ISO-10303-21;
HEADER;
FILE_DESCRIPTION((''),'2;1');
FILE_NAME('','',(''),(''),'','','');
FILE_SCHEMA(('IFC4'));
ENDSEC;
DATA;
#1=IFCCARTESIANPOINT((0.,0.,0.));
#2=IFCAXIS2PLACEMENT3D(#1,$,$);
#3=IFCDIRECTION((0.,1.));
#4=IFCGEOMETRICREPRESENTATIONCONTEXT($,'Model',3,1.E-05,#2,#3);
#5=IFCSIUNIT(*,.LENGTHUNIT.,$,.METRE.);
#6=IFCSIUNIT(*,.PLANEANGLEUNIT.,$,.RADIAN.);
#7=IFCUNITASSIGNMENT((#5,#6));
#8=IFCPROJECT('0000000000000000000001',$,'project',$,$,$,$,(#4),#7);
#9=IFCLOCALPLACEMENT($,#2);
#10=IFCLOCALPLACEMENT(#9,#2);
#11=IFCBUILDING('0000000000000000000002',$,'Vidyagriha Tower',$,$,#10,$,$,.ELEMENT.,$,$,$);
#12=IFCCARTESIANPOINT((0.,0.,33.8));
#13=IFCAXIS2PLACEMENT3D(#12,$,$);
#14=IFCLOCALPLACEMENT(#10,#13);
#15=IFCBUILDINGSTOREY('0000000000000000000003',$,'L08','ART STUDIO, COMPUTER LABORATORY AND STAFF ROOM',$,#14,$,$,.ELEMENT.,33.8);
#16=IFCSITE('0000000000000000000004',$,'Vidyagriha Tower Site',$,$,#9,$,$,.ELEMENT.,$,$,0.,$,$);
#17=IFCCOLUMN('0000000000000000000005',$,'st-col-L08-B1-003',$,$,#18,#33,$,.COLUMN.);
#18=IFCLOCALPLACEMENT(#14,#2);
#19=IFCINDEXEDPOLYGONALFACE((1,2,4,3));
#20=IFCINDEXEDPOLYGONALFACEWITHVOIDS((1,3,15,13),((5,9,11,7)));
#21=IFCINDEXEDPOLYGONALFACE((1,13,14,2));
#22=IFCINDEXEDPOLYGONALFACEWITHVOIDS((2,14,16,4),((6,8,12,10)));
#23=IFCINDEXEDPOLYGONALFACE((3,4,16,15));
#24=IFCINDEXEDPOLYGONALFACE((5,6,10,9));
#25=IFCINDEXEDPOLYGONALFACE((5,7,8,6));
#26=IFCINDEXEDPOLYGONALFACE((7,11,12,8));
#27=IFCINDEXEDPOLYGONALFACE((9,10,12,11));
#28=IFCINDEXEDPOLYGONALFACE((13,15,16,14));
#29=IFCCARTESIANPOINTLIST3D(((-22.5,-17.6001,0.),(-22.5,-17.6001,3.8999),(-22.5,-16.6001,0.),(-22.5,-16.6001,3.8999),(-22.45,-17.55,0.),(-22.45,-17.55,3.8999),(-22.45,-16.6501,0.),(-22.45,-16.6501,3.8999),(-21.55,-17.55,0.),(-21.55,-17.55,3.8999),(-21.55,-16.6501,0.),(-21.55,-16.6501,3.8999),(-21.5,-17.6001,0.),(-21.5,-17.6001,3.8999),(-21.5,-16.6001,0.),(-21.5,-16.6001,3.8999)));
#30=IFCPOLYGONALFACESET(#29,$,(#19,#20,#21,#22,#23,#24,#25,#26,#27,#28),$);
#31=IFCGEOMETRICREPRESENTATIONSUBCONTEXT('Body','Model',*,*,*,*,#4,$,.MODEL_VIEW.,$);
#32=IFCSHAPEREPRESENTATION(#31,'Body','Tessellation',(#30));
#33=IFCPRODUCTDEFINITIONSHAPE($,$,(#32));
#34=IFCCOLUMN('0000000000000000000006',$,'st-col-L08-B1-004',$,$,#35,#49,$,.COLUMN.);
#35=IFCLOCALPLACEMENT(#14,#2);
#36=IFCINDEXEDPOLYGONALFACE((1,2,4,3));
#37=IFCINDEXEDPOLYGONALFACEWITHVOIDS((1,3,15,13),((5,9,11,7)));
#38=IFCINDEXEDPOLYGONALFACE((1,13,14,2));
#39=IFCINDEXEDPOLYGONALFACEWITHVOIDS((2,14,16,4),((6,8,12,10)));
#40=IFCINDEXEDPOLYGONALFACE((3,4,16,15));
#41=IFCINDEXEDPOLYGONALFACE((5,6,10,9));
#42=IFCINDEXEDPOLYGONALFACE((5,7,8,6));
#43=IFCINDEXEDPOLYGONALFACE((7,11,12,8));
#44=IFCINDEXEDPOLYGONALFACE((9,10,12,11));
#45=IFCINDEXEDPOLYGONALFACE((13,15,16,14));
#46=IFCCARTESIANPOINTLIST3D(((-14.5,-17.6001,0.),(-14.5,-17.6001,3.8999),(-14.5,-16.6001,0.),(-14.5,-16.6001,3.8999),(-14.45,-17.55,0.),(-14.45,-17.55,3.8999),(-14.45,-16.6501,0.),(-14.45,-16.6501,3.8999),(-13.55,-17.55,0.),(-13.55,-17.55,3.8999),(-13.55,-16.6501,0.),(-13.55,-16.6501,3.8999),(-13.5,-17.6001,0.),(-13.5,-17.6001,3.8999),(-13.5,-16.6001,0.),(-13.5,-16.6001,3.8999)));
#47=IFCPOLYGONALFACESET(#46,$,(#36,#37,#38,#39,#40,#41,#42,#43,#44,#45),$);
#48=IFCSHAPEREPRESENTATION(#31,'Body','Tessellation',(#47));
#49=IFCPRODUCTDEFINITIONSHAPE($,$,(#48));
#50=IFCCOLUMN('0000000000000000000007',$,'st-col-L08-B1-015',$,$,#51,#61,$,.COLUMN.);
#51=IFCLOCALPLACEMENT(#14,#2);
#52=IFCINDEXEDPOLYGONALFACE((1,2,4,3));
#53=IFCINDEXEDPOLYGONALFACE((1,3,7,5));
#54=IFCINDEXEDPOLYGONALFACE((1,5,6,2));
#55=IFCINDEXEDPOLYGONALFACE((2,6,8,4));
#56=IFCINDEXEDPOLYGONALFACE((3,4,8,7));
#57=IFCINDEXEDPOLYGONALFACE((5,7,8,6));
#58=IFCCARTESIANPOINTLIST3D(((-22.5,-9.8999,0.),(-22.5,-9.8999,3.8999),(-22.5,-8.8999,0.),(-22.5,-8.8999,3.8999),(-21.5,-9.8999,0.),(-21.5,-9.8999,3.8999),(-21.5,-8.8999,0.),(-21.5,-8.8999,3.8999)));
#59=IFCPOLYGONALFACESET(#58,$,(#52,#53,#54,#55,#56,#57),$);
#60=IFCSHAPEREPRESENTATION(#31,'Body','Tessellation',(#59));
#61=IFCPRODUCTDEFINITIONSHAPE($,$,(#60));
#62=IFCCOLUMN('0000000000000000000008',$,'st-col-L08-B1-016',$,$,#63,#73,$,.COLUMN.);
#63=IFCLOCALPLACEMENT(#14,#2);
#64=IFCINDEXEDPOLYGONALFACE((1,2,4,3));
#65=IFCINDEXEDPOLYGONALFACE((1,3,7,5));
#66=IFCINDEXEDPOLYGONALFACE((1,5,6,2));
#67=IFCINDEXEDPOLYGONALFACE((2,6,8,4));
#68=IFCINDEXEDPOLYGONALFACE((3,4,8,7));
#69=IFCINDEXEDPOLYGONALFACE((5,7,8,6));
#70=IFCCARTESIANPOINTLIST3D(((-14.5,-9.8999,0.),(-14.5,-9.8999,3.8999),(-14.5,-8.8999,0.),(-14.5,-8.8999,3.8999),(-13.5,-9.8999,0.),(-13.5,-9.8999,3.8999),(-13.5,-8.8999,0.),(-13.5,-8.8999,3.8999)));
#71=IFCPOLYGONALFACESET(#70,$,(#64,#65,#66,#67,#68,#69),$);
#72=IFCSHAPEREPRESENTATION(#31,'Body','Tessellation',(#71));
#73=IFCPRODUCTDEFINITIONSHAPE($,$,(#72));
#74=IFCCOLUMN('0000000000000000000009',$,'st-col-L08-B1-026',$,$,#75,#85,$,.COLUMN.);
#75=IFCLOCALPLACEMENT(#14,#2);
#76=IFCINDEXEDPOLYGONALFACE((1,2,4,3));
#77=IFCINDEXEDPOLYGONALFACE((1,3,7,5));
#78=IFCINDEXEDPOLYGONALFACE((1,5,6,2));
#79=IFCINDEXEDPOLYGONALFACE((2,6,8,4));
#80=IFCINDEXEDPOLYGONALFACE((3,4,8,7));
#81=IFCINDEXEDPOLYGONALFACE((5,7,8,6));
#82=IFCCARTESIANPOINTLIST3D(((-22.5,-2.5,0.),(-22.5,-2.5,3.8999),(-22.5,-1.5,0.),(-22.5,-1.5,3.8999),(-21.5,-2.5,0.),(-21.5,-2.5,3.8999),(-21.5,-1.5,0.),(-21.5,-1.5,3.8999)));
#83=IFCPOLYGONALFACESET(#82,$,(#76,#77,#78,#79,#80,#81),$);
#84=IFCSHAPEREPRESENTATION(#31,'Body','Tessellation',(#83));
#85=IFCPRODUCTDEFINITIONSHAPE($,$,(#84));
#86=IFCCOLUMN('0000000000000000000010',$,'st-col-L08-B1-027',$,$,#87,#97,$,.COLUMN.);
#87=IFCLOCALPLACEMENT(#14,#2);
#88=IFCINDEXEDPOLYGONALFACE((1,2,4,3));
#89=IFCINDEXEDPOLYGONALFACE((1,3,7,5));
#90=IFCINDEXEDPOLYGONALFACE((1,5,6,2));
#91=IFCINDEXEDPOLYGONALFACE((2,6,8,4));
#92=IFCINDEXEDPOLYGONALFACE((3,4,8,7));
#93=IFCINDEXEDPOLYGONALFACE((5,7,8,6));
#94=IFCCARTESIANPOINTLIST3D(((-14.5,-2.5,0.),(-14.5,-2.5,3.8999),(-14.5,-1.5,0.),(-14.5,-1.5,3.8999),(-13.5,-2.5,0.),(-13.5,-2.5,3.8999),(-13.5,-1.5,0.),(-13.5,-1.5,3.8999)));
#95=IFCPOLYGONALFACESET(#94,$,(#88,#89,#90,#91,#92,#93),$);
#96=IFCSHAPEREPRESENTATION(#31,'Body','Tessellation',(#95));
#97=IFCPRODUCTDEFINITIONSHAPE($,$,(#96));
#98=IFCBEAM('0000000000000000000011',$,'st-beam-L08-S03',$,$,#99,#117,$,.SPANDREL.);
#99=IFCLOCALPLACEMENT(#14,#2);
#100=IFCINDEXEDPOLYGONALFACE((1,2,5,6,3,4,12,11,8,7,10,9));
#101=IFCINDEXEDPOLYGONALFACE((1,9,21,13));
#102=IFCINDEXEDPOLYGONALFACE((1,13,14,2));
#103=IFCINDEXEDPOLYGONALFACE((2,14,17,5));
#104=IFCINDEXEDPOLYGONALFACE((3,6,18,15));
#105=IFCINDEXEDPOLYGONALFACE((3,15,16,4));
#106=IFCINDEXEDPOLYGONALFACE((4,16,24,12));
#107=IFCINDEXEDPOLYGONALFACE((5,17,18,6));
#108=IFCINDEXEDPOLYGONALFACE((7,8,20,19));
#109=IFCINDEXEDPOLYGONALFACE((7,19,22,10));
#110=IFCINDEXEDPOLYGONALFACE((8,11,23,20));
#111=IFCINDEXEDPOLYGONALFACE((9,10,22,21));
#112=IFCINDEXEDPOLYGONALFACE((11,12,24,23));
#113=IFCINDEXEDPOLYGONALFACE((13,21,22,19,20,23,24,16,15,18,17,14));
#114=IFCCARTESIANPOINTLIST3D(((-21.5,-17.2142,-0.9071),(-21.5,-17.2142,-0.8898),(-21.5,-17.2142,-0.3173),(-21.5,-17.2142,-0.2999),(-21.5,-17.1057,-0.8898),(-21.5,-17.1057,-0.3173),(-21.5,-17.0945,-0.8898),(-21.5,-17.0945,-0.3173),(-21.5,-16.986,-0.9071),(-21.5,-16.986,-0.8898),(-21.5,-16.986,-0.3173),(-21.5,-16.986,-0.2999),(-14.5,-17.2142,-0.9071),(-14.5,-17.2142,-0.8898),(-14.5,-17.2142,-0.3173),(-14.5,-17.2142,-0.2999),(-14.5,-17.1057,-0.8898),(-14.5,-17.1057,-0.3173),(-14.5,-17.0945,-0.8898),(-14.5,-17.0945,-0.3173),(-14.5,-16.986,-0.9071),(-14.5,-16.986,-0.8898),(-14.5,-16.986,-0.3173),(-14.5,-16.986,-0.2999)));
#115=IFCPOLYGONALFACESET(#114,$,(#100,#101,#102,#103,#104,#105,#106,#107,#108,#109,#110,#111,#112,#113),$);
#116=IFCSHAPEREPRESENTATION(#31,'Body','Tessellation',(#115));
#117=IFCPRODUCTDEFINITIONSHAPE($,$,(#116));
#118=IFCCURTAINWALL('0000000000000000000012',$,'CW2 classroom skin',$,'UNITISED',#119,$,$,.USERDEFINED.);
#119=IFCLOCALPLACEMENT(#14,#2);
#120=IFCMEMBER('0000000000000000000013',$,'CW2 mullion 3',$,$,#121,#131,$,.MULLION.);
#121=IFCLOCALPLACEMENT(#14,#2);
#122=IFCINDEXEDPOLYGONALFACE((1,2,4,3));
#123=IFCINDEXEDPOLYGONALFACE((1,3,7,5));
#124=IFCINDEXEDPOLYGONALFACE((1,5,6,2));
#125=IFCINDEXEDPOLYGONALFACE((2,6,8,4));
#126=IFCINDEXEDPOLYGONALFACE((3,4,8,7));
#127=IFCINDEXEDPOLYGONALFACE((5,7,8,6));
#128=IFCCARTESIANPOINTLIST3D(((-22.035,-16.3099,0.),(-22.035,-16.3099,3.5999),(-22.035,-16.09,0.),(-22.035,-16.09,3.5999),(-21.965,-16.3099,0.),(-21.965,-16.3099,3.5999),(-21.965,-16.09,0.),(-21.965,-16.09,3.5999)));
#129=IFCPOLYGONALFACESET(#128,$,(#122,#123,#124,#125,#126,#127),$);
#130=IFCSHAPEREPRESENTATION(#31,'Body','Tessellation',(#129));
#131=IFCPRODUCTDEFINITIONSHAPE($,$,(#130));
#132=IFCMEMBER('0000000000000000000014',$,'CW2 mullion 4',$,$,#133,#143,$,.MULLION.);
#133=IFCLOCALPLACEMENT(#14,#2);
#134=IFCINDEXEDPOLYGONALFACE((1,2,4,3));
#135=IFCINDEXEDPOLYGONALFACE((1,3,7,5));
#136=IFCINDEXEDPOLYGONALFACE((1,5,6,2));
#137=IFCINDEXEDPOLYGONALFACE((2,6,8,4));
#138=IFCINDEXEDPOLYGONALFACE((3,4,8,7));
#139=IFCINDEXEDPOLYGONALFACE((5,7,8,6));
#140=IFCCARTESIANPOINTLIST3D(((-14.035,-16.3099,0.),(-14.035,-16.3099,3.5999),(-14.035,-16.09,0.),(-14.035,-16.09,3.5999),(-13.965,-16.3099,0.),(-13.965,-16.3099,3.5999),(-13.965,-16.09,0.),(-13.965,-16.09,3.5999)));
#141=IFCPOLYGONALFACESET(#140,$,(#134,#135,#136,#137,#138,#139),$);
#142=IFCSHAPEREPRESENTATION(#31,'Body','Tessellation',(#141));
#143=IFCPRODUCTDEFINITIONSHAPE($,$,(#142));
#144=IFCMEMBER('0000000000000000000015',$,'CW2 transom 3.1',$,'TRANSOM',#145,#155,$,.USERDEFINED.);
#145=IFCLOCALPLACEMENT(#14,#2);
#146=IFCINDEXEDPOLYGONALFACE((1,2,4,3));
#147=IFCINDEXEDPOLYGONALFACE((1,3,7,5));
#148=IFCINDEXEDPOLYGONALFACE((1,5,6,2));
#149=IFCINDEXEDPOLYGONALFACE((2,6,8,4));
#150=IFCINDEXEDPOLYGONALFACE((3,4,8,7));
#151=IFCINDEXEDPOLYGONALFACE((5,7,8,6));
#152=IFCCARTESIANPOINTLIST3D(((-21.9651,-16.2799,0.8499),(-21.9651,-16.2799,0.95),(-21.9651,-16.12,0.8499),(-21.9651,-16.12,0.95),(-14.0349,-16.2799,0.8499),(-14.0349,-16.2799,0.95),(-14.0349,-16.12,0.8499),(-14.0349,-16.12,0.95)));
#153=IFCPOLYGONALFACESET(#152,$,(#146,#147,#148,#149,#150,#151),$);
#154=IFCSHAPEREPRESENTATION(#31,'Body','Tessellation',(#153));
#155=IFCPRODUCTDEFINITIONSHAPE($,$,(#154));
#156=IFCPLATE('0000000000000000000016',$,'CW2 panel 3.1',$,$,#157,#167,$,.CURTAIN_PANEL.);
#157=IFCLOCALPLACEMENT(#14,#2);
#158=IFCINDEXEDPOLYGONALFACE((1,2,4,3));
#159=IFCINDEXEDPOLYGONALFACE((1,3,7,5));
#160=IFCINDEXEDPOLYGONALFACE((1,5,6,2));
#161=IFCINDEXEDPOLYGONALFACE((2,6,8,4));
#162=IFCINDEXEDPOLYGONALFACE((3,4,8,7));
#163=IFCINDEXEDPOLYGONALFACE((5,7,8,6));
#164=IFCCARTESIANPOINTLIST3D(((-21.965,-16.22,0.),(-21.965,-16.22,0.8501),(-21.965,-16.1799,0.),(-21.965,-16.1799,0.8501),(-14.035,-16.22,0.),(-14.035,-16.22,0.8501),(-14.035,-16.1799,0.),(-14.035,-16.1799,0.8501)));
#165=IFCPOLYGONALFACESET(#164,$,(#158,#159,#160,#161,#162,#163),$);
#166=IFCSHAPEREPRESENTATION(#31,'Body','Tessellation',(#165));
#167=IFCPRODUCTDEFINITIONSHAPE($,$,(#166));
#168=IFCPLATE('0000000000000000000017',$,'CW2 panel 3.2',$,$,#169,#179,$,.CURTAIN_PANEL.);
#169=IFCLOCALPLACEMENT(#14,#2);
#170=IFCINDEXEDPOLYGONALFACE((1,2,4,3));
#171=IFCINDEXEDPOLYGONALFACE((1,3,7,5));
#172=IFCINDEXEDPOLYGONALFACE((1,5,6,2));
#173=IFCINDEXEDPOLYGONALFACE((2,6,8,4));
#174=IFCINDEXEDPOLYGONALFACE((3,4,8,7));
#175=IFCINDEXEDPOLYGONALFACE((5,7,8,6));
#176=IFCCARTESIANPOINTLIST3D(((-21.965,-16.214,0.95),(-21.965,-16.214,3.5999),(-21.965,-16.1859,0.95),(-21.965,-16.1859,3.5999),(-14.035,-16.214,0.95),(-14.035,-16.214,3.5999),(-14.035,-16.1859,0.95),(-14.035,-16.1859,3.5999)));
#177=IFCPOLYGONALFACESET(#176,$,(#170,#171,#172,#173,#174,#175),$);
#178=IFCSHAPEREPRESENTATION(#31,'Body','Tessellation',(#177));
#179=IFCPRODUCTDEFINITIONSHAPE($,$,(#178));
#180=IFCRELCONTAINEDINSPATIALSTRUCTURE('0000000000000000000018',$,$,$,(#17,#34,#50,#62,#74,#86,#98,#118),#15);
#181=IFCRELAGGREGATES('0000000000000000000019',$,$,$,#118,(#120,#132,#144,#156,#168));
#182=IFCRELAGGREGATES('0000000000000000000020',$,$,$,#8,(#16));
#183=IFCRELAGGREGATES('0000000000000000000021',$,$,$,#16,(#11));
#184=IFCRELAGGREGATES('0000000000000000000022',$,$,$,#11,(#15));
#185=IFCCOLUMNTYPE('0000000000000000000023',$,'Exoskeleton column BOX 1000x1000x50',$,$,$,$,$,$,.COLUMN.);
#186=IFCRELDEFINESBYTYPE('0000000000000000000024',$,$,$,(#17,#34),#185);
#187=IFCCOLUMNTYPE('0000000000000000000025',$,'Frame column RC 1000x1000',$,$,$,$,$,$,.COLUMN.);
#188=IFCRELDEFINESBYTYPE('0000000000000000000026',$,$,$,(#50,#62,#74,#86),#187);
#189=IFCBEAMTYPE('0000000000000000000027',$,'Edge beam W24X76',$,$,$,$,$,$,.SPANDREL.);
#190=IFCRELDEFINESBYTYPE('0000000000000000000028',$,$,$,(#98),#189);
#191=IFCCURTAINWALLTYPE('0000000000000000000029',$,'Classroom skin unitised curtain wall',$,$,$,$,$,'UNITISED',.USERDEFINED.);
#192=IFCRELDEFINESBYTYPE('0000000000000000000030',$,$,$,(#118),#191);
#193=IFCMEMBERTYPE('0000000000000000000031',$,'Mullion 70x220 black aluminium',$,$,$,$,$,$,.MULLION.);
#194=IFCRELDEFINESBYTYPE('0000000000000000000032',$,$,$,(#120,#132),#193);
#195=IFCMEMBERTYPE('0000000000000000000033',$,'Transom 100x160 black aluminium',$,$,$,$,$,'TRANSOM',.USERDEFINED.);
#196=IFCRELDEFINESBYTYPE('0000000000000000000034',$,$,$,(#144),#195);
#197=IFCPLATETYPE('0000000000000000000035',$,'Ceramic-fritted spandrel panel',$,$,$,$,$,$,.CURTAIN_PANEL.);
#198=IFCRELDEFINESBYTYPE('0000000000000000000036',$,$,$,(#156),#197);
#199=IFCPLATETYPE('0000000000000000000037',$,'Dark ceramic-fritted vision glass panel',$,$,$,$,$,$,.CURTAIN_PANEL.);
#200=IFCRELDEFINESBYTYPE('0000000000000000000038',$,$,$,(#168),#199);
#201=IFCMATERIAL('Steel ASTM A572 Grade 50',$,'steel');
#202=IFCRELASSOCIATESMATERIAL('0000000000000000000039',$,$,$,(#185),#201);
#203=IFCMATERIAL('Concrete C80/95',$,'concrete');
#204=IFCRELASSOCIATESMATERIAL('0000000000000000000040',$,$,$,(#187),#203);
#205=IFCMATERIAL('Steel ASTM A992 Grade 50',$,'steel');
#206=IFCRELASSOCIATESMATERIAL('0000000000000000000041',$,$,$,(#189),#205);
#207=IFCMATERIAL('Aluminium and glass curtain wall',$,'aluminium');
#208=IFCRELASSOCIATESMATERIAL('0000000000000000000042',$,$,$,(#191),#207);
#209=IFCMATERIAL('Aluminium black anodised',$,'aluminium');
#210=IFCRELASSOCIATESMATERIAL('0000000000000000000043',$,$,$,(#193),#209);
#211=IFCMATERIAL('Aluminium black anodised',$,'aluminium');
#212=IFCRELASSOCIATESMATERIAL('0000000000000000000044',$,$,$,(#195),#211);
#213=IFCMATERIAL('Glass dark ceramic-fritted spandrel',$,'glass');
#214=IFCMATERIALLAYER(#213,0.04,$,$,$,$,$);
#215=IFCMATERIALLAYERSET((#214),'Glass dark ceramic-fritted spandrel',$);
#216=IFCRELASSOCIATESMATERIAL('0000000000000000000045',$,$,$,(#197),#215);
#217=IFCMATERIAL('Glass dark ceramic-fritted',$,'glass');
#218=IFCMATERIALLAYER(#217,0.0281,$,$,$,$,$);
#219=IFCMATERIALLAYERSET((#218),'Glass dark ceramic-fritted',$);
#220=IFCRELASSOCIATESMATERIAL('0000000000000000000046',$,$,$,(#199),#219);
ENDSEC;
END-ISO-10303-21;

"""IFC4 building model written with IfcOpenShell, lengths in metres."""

from ifc_helpers import new_model, si_unit, direction, frame, origin, origin_2d, place, context, subcontext, project, spatial, rectangle, hollow_rectangle, i_section, extrude, material, layer, layer_set, material_profile, profile_set, type_object, element, aggregate, save


model = new_model("IFC4")

# Units and contexts
model_context = context("Model", 3, precision=1e-05, world=origin(), true_north=direction((0.0, 1.0)))
body_context = subcontext(model_context, "Body", "Model", "MODEL_VIEW")
ifc_project = project(units=[si_unit("LENGTHUNIT", "METRE"), si_unit("PLANEANGLEUNIT", "RADIAN")], contexts=[model_context])

# Site, building, storey
site_placement = place(None, origin())
site = spatial("IfcSite", under=ifc_project, at=site_placement, Name="Vidyagriha Tower Site", CompositionType="ELEMENT", RefElevation=0.0)
building_placement = place(site_placement, origin())
building = spatial("IfcBuilding", under=site, at=building_placement, Name="Vidyagriha Tower", CompositionType="ELEMENT")
storey_placement = place(building_placement, frame((0.0, 0.0, 33.8)))
storey = spatial("IfcBuildingStorey", under=building, at=storey_placement, Name="L08", Description="ART STUDIO, COMPUTER LABORATORY AND STAFF ROOM", CompositionType="ELEMENT", Elevation=33.8)

# Columns
ifc_material_1 = material(Name="Steel ASTM A572 Grade 50", Category="steel")
ifc_material_profile_1 = material_profile(ifc_material_1, hollow_rectangle(XDim=1.0, YDim=1.0, WallThickness=0.05, at=origin_2d()), Name="BOX 1000x1000x50")
ifc_profile_set_1 = profile_set([ifc_material_profile_1], Name="Steel ASTM A572 Grade 50")
column_type_1 = type_object("IfcColumnType", Name="Exoskeleton column BOX 1000x1000x50", PredefinedType="COLUMN", material=ifc_profile_set_1)
for number, where, name in (
    (1, (-22.0, -17.1001, 0.0), "st-col-L08-B1-003"),
    (2, (-14.0, -17.1001, 0.0), "st-col-L08-B1-004"),
):
    element("IfcColumn", number, at=place(storey_placement, frame(where)), inside=storey, type_object=column_type_1, Name=name, PredefinedType="COLUMN", context=body_context, shape_type="SweptSolid", body=[
        extrude(hollow_rectangle(XDim=1.0, YDim=1.0, WallThickness=0.05, at=origin_2d()), origin(), (0.0, 0.0, 1.0), 3.8999),
    ])
ifc_material_2 = material(Name="Concrete C80/95", Category="concrete")
ifc_material_profile_2 = material_profile(ifc_material_2, rectangle(XDim=1.0, YDim=1.0, at=origin_2d()), Name="RC 1000x1000")
ifc_profile_set_2 = profile_set([ifc_material_profile_2], Name="Concrete C80/95")
column_type_2 = type_object("IfcColumnType", Name="Frame column RC 1000x1000", PredefinedType="COLUMN", material=ifc_profile_set_2)
for number, where, name in (
    (3, (-22.0, -9.3999, 0.0), "st-col-L08-B1-015"),
    (4, (-14.0, -9.3999, 0.0), "st-col-L08-B1-016"),
    (5, (-22.0, -2.0, 0.0), "st-col-L08-B1-026"),
    (6, (-14.0, -2.0, 0.0), "st-col-L08-B1-027"),
):
    element("IfcColumn", number, at=place(storey_placement, frame(where)), inside=storey, type_object=column_type_2, Name=name, PredefinedType="COLUMN", context=body_context, shape_type="SweptSolid", body=[
        extrude(rectangle(XDim=1.0, YDim=1.0, at=origin_2d()), origin(), (0.0, 0.0, 1.0), 3.8999),
    ])

# Beam
ifc_material_3 = material(Name="Steel ASTM A992 Grade 50", Category="steel")
ifc_material_profile_3 = material_profile(ifc_material_3, i_section(OverallWidth=0.2283, OverallDepth=0.6072, WebThickness=0.0112, FlangeThickness=0.0173, at=origin_2d()), Name="W24X76")
ifc_profile_set_3 = profile_set([ifc_material_profile_3], Name="Steel ASTM A992 Grade 50")
beam_type = type_object("IfcBeamType", Name="Edge beam W24X76", PredefinedType="SPANDREL", material=ifc_profile_set_3)
beam_placement = place(storey_placement, frame((-21.5, -17.1001, -0.6035), z_axis=(1.0, 0.0, 0.0), x_axis=(0.0, 1.0, 0.0)))
element("IfcBeam", 7, at=beam_placement, inside=storey, type_object=beam_type, Name="st-beam-L08-S03", PredefinedType="SPANDREL", context=body_context, shape_type="SweptSolid", body=[
    extrude(i_section(OverallWidth=0.2283, OverallDepth=0.6072, WebThickness=0.0112, FlangeThickness=0.0173, at=origin_2d()), origin(), (0.0, 0.0, 1.0), 7.0),
])

# Curtain wall, members, plates
ifc_material_4 = material(Name="Aluminium and glass curtain wall", Category="aluminium")
curtain_wall_type = type_object("IfcCurtainWallType", Name="Classroom skin unitised curtain wall", ElementType="UNITISED", PredefinedType="USERDEFINED", material=ifc_material_4)
curtain_wall_placement = place(storey_placement, origin())
curtain_wall = element("IfcCurtainWall", 8, at=curtain_wall_placement, inside=storey, type_object=curtain_wall_type, Name="CW2 classroom skin", ObjectType="UNITISED", PredefinedType="USERDEFINED")
ifc_material_5 = material(Name="Aluminium black anodised", Category="aluminium")
ifc_material_profile_4 = material_profile(ifc_material_5, rectangle(XDim=0.22, YDim=0.0701, at=origin_2d()), Name="Mullion 70x220 black aluminium")
ifc_profile_set_4 = profile_set([ifc_material_profile_4], Name="Aluminium black anodised")
member_type_1 = type_object("IfcMemberType", Name="Mullion 70x220 black aluminium", PredefinedType="MULLION", material=ifc_profile_set_4)
member_1_placement = place(storey_placement, frame((-22.0, -16.2, 0.0), z_axis=(0.0, 0.0, 1.0), x_axis=(0.0, 1.0, 0.0)))
member_1 = element("IfcMember", 9, at=member_1_placement, type_object=member_type_1, Name="CW2 mullion 3", PredefinedType="MULLION", context=body_context, shape_type="SweptSolid", body=[
    extrude(rectangle(XDim=0.22, YDim=0.0701, at=origin_2d()), origin(), (0.0, 0.0, 1.0), 3.5999),
])
member_2_placement = place(storey_placement, frame((-14.0, -16.2, 0.0), z_axis=(0.0, 0.0, 1.0), x_axis=(0.0, 1.0, 0.0)))
member_2 = element("IfcMember", 10, at=member_2_placement, type_object=member_type_1, Name="CW2 mullion 4", PredefinedType="MULLION", context=body_context, shape_type="SweptSolid", body=[
    extrude(rectangle(XDim=0.22, YDim=0.0701, at=origin_2d()), origin(), (0.0, 0.0, 1.0), 3.5999),
])
ifc_material_6 = material(Name="Aluminium black anodised", Category="aluminium")
ifc_material_profile_5 = material_profile(ifc_material_6, rectangle(XDim=0.1599, YDim=0.1001, at=origin_2d()), Name="Transom 100x160 black aluminium")
ifc_profile_set_5 = profile_set([ifc_material_profile_5], Name="Aluminium black anodised")
member_type_2 = type_object("IfcMemberType", Name="Transom 100x160 black aluminium", ElementType="TRANSOM", PredefinedType="USERDEFINED", material=ifc_profile_set_5)
member_3_placement = place(storey_placement, frame((-21.9651, -16.2, 0.8999), z_axis=(1.0, 0.0, 0.0), x_axis=(0.0, 1.0, 0.0)))
member_3 = element("IfcMember", 11, at=member_3_placement, type_object=member_type_2, Name="CW2 transom 3.1", ObjectType="TRANSOM", PredefinedType="USERDEFINED", context=body_context, shape_type="SweptSolid", body=[
    extrude(rectangle(XDim=0.1599, YDim=0.1001, at=origin_2d()), origin(), (0.0, 0.0, 1.0), 7.9302),
])
ifc_material_7 = material(Name="Glass dark ceramic-fritted spandrel", Category="glass")
ifc_layer_1 = layer(ifc_material_7, 0.04)
ifc_layer_set_1 = layer_set([ifc_layer_1], Name="Glass dark ceramic-fritted spandrel")
plate_type_1 = type_object("IfcPlateType", Name="Ceramic-fritted spandrel panel", PredefinedType="CURTAIN_PANEL", material=ifc_layer_set_1)
plate_1_placement = place(storey_placement, frame((-18.0, -16.2, 0.0)))
plate_1 = element("IfcPlate", 12, at=plate_1_placement, type_object=plate_type_1, Name="CW2 panel 3.1", PredefinedType="CURTAIN_PANEL", context=body_context, shape_type="SweptSolid", body=[
    extrude(rectangle(XDim=7.9299, YDim=0.04, at=origin_2d()), origin(), (0.0, 0.0, 1.0), 0.8501),
])
ifc_material_8 = material(Name="Glass dark ceramic-fritted", Category="glass")
ifc_layer_2 = layer(ifc_material_8, 0.0281)
ifc_layer_set_2 = layer_set([ifc_layer_2], Name="Glass dark ceramic-fritted")
plate_type_2 = type_object("IfcPlateType", Name="Dark ceramic-fritted vision glass panel", PredefinedType="CURTAIN_PANEL", material=ifc_layer_set_2)
plate_2_placement = place(storey_placement, frame((-18.0, -16.2, 0.95)))
plate_2 = element("IfcPlate", 13, at=plate_2_placement, type_object=plate_type_2, Name="CW2 panel 3.2", PredefinedType="CURTAIN_PANEL", context=body_context, shape_type="SweptSolid", body=[
    extrude(rectangle(XDim=7.9299, YDim=0.0281, at=origin_2d()), origin(), (0.0, 0.0, 1.0), 2.6499),
])
aggregate(curtain_wall, [member_1, member_2, member_3, plate_1, plate_2])

save(model, "model.ifc")
